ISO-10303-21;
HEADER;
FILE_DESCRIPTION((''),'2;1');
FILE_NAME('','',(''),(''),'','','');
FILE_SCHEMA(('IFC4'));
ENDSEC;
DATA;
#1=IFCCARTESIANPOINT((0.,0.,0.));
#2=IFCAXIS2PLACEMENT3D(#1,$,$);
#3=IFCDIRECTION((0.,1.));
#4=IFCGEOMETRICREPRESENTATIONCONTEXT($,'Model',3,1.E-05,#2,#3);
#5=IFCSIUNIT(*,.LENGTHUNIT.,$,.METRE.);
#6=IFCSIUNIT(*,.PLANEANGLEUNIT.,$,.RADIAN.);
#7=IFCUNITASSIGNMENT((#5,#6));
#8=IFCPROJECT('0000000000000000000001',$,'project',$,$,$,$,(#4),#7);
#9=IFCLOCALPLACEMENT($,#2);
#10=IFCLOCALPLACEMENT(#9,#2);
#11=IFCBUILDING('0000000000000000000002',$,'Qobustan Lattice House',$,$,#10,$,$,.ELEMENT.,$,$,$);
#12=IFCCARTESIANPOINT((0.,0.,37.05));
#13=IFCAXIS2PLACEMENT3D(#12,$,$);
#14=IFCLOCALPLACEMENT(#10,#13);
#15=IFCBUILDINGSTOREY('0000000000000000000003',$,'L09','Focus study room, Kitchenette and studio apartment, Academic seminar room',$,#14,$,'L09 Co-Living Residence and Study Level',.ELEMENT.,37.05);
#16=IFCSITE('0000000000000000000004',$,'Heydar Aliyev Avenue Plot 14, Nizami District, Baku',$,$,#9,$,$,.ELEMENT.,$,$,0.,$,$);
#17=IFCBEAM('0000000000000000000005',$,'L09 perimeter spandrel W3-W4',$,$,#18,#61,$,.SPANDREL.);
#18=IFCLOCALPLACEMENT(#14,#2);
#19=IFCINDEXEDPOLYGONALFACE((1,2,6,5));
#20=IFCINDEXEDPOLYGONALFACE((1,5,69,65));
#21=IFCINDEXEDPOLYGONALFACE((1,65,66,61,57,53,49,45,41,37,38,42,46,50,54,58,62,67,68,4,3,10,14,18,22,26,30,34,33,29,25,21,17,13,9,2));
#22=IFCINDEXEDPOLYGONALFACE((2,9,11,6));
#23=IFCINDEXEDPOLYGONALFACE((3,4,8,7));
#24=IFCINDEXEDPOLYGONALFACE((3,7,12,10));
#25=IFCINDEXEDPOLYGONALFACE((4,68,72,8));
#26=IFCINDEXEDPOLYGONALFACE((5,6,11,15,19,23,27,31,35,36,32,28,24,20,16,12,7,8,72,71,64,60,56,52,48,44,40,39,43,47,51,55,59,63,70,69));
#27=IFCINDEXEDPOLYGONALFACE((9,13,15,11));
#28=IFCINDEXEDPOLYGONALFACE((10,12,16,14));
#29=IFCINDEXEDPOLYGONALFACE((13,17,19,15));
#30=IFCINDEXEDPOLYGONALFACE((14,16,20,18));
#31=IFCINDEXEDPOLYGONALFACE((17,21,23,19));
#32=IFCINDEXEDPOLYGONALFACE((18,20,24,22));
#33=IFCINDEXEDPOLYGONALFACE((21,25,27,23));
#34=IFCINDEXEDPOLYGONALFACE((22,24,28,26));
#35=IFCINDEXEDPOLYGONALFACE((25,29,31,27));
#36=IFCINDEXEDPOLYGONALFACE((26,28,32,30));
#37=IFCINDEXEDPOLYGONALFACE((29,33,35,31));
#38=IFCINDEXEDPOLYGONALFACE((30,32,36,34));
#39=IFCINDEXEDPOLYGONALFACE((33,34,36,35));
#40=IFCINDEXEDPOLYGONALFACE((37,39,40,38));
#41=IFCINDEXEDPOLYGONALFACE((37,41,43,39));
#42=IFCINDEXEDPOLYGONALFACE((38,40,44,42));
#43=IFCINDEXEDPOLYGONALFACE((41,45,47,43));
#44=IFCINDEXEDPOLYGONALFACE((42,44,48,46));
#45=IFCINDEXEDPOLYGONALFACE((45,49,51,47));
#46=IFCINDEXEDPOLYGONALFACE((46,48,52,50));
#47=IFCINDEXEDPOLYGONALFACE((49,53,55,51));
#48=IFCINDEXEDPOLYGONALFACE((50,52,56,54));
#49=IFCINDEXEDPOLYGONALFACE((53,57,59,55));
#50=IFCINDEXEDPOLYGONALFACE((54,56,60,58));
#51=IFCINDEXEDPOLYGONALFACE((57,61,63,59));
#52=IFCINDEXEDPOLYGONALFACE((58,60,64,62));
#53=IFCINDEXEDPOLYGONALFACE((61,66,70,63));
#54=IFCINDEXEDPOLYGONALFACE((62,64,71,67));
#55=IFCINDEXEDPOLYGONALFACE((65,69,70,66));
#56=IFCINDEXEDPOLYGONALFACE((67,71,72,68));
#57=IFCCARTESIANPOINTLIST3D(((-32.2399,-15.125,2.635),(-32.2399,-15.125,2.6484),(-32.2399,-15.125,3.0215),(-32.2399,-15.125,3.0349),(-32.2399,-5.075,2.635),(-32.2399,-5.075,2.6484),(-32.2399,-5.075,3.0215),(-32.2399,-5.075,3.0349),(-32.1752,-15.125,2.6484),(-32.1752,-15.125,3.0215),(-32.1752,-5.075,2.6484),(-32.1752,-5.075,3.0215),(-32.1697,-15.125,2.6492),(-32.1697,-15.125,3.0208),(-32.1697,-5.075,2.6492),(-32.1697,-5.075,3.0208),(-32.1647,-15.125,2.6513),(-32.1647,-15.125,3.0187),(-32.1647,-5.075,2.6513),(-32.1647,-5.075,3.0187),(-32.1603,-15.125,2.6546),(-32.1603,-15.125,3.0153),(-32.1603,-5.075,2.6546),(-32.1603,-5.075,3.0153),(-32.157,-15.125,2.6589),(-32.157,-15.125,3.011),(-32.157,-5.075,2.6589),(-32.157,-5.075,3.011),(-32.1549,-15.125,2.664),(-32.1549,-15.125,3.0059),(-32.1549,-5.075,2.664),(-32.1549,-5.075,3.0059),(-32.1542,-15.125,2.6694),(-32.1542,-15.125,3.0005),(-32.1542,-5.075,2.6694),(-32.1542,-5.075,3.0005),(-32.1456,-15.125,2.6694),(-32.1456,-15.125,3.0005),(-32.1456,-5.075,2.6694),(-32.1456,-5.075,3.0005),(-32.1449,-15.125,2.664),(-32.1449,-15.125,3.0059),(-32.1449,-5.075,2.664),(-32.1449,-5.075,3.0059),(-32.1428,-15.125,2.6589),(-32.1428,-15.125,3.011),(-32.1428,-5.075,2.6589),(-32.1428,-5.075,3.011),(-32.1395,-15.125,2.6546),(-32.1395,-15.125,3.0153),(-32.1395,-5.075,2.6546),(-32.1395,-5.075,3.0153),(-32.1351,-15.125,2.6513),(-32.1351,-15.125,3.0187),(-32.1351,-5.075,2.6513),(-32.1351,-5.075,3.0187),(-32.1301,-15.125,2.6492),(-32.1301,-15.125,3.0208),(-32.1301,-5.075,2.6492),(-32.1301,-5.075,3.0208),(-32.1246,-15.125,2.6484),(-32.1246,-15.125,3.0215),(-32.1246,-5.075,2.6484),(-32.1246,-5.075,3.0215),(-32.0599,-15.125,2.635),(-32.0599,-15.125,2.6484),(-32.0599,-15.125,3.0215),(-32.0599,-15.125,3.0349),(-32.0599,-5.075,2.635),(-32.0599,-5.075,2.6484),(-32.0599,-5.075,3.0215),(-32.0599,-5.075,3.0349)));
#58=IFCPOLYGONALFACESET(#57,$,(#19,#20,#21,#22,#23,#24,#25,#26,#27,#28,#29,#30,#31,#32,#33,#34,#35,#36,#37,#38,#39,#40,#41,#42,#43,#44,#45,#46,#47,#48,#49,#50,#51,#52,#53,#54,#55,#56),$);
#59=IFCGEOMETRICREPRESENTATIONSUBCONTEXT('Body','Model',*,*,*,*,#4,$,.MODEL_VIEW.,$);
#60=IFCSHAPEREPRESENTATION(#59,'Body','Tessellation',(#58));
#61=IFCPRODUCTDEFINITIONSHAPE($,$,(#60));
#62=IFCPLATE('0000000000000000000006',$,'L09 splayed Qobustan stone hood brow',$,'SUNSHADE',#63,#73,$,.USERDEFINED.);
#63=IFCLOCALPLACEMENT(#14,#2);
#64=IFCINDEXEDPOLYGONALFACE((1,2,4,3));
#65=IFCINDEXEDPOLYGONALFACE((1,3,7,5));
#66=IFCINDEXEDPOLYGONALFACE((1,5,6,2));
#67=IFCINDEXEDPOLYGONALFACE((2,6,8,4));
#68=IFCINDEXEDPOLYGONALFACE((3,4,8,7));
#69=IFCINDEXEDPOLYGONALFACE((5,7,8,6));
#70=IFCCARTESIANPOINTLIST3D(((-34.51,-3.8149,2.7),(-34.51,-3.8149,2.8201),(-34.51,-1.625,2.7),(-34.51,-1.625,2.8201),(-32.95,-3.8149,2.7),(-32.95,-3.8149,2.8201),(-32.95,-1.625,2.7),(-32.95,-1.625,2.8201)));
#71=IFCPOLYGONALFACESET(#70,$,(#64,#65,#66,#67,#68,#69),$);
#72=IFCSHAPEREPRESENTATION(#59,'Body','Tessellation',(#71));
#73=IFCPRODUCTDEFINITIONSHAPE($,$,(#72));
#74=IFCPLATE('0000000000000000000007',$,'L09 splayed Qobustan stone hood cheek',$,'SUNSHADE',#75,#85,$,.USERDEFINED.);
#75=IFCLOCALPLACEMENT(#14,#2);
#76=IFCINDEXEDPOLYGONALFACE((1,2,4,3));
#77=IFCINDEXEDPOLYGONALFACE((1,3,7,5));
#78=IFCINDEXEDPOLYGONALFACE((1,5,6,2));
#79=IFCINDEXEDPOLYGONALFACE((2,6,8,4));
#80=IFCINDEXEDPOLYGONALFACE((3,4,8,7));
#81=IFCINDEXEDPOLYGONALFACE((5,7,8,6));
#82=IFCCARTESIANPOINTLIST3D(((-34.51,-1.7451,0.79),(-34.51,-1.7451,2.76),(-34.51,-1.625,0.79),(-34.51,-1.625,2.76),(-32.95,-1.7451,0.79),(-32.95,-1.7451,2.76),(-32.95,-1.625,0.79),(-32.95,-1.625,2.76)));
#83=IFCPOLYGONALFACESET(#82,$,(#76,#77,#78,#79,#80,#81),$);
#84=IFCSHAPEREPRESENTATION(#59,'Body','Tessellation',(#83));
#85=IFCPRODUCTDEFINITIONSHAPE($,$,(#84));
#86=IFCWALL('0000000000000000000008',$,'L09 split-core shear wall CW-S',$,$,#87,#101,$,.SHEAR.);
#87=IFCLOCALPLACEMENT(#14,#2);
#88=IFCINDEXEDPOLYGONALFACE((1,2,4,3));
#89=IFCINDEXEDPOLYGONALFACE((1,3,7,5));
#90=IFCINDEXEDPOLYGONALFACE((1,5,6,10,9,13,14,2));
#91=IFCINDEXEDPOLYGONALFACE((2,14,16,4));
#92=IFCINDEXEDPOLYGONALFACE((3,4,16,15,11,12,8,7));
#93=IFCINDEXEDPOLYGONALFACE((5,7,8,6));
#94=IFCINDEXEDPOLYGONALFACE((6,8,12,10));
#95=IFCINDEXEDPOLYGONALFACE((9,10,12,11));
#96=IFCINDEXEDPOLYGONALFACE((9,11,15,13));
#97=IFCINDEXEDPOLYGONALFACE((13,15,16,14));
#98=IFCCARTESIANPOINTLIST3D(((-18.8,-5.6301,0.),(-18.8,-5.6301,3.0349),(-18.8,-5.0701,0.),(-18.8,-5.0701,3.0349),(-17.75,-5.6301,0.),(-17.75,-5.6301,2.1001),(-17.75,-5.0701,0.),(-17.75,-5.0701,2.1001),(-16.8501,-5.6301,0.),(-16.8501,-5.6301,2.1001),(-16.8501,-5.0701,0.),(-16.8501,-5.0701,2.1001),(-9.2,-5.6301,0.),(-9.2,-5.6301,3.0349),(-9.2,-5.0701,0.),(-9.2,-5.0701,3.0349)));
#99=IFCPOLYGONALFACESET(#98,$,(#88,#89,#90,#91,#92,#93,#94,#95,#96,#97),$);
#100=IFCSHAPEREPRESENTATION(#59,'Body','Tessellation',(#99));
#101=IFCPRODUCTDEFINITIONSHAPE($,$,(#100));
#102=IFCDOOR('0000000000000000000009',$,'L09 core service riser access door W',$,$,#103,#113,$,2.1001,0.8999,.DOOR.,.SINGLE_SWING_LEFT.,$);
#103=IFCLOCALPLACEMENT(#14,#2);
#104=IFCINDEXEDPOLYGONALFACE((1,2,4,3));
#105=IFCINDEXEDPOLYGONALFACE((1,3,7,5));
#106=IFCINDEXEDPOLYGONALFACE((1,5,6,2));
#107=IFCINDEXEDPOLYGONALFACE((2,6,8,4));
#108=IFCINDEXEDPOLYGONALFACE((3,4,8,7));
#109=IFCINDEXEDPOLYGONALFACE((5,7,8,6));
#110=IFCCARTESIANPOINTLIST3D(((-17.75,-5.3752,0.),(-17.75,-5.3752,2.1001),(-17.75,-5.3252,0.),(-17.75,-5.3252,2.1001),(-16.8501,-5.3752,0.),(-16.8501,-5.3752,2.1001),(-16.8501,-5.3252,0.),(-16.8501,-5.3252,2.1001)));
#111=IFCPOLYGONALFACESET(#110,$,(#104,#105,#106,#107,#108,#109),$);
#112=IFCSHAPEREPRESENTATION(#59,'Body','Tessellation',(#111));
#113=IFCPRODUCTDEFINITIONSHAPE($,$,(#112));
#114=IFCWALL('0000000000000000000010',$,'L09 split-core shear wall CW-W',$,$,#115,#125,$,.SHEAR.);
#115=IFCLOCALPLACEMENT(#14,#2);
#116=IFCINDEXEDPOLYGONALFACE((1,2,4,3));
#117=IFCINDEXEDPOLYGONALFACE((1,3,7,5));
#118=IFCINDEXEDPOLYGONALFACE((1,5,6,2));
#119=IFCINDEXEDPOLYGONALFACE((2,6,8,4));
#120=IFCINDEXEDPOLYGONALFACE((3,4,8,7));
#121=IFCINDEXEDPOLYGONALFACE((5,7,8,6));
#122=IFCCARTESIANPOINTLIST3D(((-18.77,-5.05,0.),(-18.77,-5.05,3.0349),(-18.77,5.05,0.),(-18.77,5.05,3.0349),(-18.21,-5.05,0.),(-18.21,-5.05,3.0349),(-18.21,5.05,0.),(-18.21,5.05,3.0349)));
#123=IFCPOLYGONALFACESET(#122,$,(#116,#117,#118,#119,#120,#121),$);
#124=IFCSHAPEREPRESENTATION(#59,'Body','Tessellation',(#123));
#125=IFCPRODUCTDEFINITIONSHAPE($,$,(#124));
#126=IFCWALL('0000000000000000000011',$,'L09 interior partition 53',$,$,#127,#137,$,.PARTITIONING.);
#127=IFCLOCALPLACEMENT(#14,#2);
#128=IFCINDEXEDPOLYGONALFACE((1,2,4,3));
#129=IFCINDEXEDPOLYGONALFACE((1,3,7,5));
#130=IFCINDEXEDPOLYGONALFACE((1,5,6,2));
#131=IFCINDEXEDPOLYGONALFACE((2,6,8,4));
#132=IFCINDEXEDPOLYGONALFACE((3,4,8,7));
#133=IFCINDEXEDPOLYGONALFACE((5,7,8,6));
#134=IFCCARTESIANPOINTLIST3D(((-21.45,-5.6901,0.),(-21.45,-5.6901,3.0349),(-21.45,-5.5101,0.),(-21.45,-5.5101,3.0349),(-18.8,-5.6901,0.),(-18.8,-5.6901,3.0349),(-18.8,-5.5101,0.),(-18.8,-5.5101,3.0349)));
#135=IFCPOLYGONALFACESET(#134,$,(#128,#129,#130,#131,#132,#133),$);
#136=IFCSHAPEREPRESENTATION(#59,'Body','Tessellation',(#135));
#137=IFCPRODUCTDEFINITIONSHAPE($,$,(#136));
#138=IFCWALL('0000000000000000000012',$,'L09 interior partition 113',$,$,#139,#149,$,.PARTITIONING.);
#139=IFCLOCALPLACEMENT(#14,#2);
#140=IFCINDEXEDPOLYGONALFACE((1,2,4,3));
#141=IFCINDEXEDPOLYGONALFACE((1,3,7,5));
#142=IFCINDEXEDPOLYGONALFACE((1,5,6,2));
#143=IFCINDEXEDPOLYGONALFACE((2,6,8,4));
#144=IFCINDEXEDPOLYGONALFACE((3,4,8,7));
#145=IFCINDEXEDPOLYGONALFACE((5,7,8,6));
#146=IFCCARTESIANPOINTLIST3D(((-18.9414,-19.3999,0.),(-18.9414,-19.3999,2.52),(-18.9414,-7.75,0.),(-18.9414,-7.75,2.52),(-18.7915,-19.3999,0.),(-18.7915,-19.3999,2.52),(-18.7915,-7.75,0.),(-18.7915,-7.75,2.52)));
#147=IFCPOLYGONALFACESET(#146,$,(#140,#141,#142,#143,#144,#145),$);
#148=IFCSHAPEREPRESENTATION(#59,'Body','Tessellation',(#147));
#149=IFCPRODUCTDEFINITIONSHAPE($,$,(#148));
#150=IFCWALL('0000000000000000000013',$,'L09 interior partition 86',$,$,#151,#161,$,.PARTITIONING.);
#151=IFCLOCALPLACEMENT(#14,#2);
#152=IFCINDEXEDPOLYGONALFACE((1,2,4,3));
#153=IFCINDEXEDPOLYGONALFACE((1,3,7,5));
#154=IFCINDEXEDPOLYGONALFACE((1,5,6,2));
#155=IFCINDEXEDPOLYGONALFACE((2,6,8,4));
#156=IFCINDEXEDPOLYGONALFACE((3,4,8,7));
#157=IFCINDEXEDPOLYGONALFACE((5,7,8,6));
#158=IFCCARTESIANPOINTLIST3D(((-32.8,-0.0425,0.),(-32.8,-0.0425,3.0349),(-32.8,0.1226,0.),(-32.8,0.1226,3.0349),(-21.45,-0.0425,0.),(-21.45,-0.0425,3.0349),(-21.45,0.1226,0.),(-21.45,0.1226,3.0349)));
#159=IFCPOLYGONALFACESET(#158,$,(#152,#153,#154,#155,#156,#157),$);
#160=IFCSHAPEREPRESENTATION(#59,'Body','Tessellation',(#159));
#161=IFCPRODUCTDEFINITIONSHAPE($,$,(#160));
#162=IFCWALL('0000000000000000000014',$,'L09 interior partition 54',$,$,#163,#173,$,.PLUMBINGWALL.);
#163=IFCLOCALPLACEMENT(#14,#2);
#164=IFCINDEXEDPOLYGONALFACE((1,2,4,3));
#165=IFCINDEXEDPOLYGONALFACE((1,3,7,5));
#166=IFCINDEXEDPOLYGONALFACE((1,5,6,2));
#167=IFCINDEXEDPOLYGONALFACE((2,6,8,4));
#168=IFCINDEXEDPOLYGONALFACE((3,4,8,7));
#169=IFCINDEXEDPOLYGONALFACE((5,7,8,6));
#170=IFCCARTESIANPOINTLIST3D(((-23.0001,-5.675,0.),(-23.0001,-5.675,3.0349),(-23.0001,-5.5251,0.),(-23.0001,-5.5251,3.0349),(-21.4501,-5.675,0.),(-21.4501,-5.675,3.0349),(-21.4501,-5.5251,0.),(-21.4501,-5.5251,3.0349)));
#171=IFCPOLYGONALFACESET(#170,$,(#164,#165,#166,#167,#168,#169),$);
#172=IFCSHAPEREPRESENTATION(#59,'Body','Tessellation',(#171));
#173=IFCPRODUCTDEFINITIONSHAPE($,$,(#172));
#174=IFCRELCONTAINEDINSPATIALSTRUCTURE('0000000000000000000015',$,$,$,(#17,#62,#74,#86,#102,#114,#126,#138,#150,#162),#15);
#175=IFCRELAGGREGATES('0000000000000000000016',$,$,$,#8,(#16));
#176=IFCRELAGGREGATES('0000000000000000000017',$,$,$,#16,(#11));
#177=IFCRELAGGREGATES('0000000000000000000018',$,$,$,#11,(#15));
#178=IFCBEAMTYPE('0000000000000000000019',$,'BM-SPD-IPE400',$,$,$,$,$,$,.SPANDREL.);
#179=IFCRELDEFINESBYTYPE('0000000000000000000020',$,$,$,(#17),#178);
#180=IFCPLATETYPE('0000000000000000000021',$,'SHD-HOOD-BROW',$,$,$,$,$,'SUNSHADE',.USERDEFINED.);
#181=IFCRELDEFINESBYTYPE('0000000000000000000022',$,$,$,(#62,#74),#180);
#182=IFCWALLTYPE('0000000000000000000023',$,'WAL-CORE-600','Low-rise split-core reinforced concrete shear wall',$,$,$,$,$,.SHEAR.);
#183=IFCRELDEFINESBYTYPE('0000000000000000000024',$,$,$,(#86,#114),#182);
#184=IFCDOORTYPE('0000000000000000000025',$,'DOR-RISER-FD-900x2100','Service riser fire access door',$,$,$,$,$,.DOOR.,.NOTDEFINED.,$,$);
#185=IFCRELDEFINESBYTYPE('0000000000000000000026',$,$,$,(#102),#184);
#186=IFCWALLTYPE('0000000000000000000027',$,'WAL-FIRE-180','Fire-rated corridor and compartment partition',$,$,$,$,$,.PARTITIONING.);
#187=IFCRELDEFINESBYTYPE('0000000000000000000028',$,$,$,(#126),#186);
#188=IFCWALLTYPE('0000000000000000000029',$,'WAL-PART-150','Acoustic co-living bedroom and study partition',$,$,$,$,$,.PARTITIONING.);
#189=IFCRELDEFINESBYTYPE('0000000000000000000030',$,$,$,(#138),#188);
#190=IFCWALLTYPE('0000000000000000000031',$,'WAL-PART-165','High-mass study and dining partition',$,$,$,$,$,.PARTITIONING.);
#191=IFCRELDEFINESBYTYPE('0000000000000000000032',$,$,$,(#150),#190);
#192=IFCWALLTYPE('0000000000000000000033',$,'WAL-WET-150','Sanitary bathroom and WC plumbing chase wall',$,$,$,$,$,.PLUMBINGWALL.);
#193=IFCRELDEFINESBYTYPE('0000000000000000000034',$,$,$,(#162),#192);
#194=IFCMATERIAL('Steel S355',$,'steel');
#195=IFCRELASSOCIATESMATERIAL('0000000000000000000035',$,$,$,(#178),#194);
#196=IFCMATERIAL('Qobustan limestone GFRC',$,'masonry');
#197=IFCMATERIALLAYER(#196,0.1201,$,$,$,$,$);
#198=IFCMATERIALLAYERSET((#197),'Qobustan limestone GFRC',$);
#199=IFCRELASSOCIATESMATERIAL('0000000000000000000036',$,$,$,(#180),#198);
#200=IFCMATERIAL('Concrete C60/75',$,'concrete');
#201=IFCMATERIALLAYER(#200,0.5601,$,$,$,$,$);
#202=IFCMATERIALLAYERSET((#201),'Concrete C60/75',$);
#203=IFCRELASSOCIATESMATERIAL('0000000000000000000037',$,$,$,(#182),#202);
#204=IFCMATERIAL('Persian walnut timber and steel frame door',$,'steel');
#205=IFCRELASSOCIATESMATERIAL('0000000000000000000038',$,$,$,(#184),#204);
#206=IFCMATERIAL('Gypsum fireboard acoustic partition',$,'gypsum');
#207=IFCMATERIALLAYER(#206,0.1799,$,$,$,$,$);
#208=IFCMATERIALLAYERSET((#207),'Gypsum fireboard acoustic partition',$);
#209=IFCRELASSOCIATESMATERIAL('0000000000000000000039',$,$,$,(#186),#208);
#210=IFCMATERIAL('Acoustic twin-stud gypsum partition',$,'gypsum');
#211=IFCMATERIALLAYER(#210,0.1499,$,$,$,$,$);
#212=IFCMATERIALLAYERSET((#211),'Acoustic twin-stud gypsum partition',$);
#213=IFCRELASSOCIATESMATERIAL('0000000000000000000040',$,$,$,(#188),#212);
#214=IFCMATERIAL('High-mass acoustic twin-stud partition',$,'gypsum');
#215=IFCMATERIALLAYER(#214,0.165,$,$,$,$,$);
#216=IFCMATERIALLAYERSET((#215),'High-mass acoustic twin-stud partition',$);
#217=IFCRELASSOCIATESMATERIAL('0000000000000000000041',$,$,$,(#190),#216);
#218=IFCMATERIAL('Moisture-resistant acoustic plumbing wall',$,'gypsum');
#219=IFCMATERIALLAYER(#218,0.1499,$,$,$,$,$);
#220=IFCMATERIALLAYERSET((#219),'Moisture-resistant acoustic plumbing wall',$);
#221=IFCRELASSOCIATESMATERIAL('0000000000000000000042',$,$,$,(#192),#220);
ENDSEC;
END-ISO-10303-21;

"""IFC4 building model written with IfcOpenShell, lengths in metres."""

from ifc_helpers import new_model, si_unit, direction, frame, frame_2d, origin, origin_2d, place, context, subcontext, project, spatial, rectangle, i_section, extrude, material, layer, layer_set, material_profile, profile_set, type_object, element, fill, save


model = new_model("IFC4")

# Units and contexts
model_context = context("Model", 3, precision=1e-05, world=origin(), true_north=direction((0.0, 1.0)))
body_context = subcontext(model_context, "Body", "Model", "MODEL_VIEW")
ifc_project = project(units=[si_unit("LENGTHUNIT", "METRE"), si_unit("PLANEANGLEUNIT", "RADIAN")], contexts=[model_context])

# Site, building, storey
site_placement = place(None, origin())
site = spatial("IfcSite", under=ifc_project, at=site_placement, Name="Heydar Aliyev Avenue Plot 14, Nizami District, Baku", CompositionType="ELEMENT", RefElevation=0.0)
building_placement = place(site_placement, origin())
building = spatial("IfcBuilding", under=site, at=building_placement, Name="Qobustan Lattice House", CompositionType="ELEMENT")
storey_placement = place(building_placement, frame((0.0, 0.0, 37.05)))
storey = spatial("IfcBuildingStorey", under=building, at=storey_placement, Name="L09", Description="Focus study room, Kitchenette and studio apartment, Academic seminar room", LongName="L09 Co-Living Residence and Study Level", CompositionType="ELEMENT", Elevation=37.05)

# Beam
ifc_material_1 = material(Name="Steel S355", Category="steel")
ifc_material_profile_1 = material_profile(ifc_material_1, i_section(OverallWidth=0.1799, OverallDepth=0.3999, WebThickness=0.0085, FlangeThickness=0.0134, FilletRadius=0.021, at=origin_2d()), Name="IPE400")
ifc_profile_set_1 = profile_set([ifc_material_profile_1], Name="Steel S355")
beam_type_1 = type_object("IfcBeamType", Name="BM-SPD-IPE400", PredefinedType="SPANDREL", material=ifc_profile_set_1)
beam_1_placement = place(storey_placement, frame((-32.1499, -5.075, 2.835), z_axis=(0.0, -1.0, 0.0), x_axis=(1.0, 0.0, 0.0)))
element("IfcBeam", 1, at=beam_1_placement, inside=storey, type_object=beam_type_1, Name="L09 perimeter spandrel W3-W4", PredefinedType="SPANDREL", context=body_context, shape_type="SweptSolid", body=[
    extrude(i_section(OverallWidth=0.1799, OverallDepth=0.3999, WebThickness=0.0085, FlangeThickness=0.0134, FilletRadius=0.021, at=origin_2d()), origin(), (0.0, 0.0, 1.0), 10.05),
])

# Plates
ifc_material_2 = material(Name="Qobustan limestone GFRC", Category="masonry")
ifc_layer_1 = layer(ifc_material_2, 0.1201)
ifc_layer_set_1 = layer_set([ifc_layer_1], Name="Qobustan limestone GFRC")
plate_type = type_object("IfcPlateType", Name="SHD-HOOD-BROW", ElementType="SUNSHADE", PredefinedType="USERDEFINED", material=ifc_layer_set_1)
plate_1_placement = place(storey_placement, frame((-33.73, -2.72, 2.7), z_axis=(0.0, 0.0, 1.0), x_axis=(0.0, 1.0, 0.0)))
element("IfcPlate", 2, at=plate_1_placement, inside=storey, type_object=plate_type, Name="L09 splayed Qobustan stone hood brow", ObjectType="SUNSHADE", PredefinedType="USERDEFINED", context=body_context, shape_type="SweptSolid", body=[
    extrude(rectangle(XDim=2.1899, YDim=1.5601, at=origin_2d()), origin(), (0.0, 0.0, 1.0), 0.1201),
])
plate_2_placement = place(storey_placement, frame((-33.73, -1.6851, 0.79), z_axis=(0.0, 0.0, 1.0), x_axis=(0.0, 1.0, 0.0)))
element("IfcPlate", 3, at=plate_2_placement, inside=storey, type_object=plate_type, Name="L09 splayed Qobustan stone hood cheek", ObjectType="SUNSHADE", PredefinedType="USERDEFINED", context=body_context, shape_type="SweptSolid", body=[
    extrude(rectangle(XDim=0.1201, YDim=1.5601, at=origin_2d()), origin(), (0.0, 0.0, 1.0), 1.97),
])

# Wall, opening, door
ifc_material_3 = material(Name="Concrete C60/75", Category="concrete")
ifc_layer_2 = layer(ifc_material_3, 0.5601)
ifc_layer_set_2 = layer_set([ifc_layer_2], Name="Concrete C60/75")
wall_type_1 = type_object("IfcWallType", Name="WAL-CORE-600", Description="Low-rise split-core reinforced concrete shear wall", PredefinedType="SHEAR", material=ifc_layer_set_2)
wall_1_placement = place(storey_placement, frame((-18.8, -5.3501, 0.0), z_axis=(0.0, 0.0, 1.0), x_axis=(1.0, 0.0, 0.0)))
wall_1 = element("IfcWall", 4, at=wall_1_placement, inside=storey, type_object=wall_type_1, Name="L09 split-core shear wall CW-S", PredefinedType="SHEAR", context=body_context, shape_type="SweptSolid", body=[
    extrude(rectangle(XDim=9.6001, YDim=0.5601, at=frame_2d((4.8, 0.0))), origin(), (0.0, 0.0, 1.0), 3.0349),
])
opening_1_placement = place(wall_1_placement, frame((1.05, 0.0, 0.0)))
opening_1 = element("IfcOpeningElement", 5, at=opening_1_placement, cuts=wall_1, PredefinedType="OPENING", context=body_context, shape_type="SweptSolid", body=[
    extrude(rectangle(XDim=0.8999, YDim=2.1001, at=frame_2d((0.45, 1.05))), frame((0.0, 0.29, 0.0), z_axis=(0.0, -1.0, 0.0), x_axis=(1.0, 0.0, 0.0)), (0.0, 0.0, 1.0), 0.5801),
])
ifc_material_4 = material(Name="Persian walnut timber and steel frame door", Category="steel")
door_type_1 = type_object("IfcDoorType", Name="DOR-RISER-FD-900x2100", Description="Service riser fire access door", OperationType="NOTDEFINED", PredefinedType="DOOR", material=ifc_material_4)
door_1_placement = place(opening_1_placement, origin())
door_1 = element("IfcDoor", 6, at=door_1_placement, inside=storey, type_object=door_type_1, Name="L09 core service riser access door W", OperationType="SINGLE_SWING_LEFT", OverallHeight=2.1001, OverallWidth=0.8999, PredefinedType="DOOR", context=body_context, shape_type="SweptSolid", body=[
    extrude(rectangle(XDim=0.8999, YDim=2.1001, at=frame_2d((0.45, 1.05))), frame((0.0, 0.0249, 0.0), z_axis=(0.0, -1.0, 0.0), x_axis=(1.0, 0.0, 0.0)), (0.0, 0.0, 1.0), 0.05),
])
fill(opening_1, door_1)

# Walls
wall_2_placement = place(storey_placement, frame((-18.49, -5.05, 0.0), z_axis=(0.0, 0.0, 1.0), x_axis=(0.0, 1.0, 0.0)))
element("IfcWall", 7, at=wall_2_placement, inside=storey, type_object=wall_type_1, Name="L09 split-core shear wall CW-W", PredefinedType="SHEAR", context=body_context, shape_type="SweptSolid", body=[
    extrude(rectangle(XDim=10.1001, YDim=0.5601, at=frame_2d((5.05, 0.0))), origin(), (0.0, 0.0, 1.0), 3.0349),
])
ifc_material_5 = material(Name="Gypsum fireboard acoustic partition", Category="gypsum")
ifc_layer_3 = layer(ifc_material_5, 0.1799)
ifc_layer_set_3 = layer_set([ifc_layer_3], Name="Gypsum fireboard acoustic partition")
wall_type_2 = type_object("IfcWallType", Name="WAL-FIRE-180", Description="Fire-rated corridor and compartment partition", PredefinedType="PARTITIONING", material=ifc_layer_set_3)
wall_3_placement = place(storey_placement, frame((-21.45, -5.6001, 0.0), z_axis=(0.0, 0.0, 1.0), x_axis=(1.0, 0.0, 0.0)))
element("IfcWall", 8, at=wall_3_placement, inside=storey, type_object=wall_type_2, Name="L09 interior partition 53", PredefinedType="PARTITIONING", context=body_context, shape_type="SweptSolid", body=[
    extrude(rectangle(XDim=2.6499, YDim=0.1799, at=frame_2d((1.325, 0.0))), origin(), (0.0, 0.0, 1.0), 3.0349),
])

# Shared definitions
ifc_material_6 = material(Name="Acoustic twin-stud gypsum partition", Category="gypsum")
ifc_layer_4 = layer(ifc_material_6, 0.1499)
ifc_layer_set_4 = layer_set([ifc_layer_4], Name="Acoustic twin-stud gypsum partition")
wall_type_3 = type_object("IfcWallType", Name="WAL-PART-150", Description="Acoustic co-living bedroom and study partition", PredefinedType="PARTITIONING", material=ifc_layer_set_4)

# Wall
wall_4_placement = place(storey_placement, frame((-18.8665, -7.75, 0.0), z_axis=(0.0, 0.0, 1.0), x_axis=(0.0, -1.0, 0.0)))
element("IfcWall", 9, at=wall_4_placement, inside=storey, type_object=wall_type_3, Name="L09 interior partition 113", PredefinedType="PARTITIONING", context=body_context, shape_type="SweptSolid", body=[
    extrude(rectangle(XDim=11.6499, YDim=0.1499, at=frame_2d((5.825, 0.0))), origin(), (0.0, 0.0, 1.0), 2.52),
])

# Shared definitions
ifc_material_7 = material(Name="High-mass acoustic twin-stud partition", Category="gypsum")
ifc_layer_5 = layer(ifc_material_7, 0.165)
ifc_layer_set_5 = layer_set([ifc_layer_5], Name="High-mass acoustic twin-stud partition")
wall_type_4 = type_object("IfcWallType", Name="WAL-PART-165", Description="High-mass study and dining partition", PredefinedType="PARTITIONING", material=ifc_layer_set_5)

# Walls
wall_5_placement = place(storey_placement, frame((-32.8, 0.04, 0.0), z_axis=(0.0, 0.0, 1.0), x_axis=(1.0, 0.0, 0.0)))
element("IfcWall", 10, at=wall_5_placement, inside=storey, type_object=wall_type_4, Name="L09 interior partition 86", PredefinedType="PARTITIONING", context=body_context, shape_type="SweptSolid", body=[
    extrude(rectangle(XDim=11.3501, YDim=0.165, at=frame_2d((5.675, 0.0))), origin(), (0.0, 0.0, 1.0), 3.0349),
])
ifc_material_8 = material(Name="Moisture-resistant acoustic plumbing wall", Category="gypsum")
ifc_layer_6 = layer(ifc_material_8, 0.1499)
ifc_layer_set_6 = layer_set([ifc_layer_6], Name="Moisture-resistant acoustic plumbing wall")
wall_type_5 = type_object("IfcWallType", Name="WAL-WET-150", Description="Sanitary bathroom and WC plumbing chase wall", PredefinedType="PLUMBINGWALL", material=ifc_layer_set_6)
wall_6_placement = place(storey_placement, frame((-23.0, -5.6001, 0.0), z_axis=(0.0, 0.0, 1.0), x_axis=(1.0, 0.0, 0.0)))
element("IfcWall", 11, at=wall_6_placement, inside=storey, type_object=wall_type_5, Name="L09 interior partition 54", PredefinedType="PLUMBINGWALL", context=body_context, shape_type="SweptSolid", body=[
    extrude(rectangle(XDim=1.55, YDim=0.1499, at=frame_2d((0.7749, 0.0))), origin(), (0.0, 0.0, 1.0), 3.0349),
])

save(model, "model.ifc")
